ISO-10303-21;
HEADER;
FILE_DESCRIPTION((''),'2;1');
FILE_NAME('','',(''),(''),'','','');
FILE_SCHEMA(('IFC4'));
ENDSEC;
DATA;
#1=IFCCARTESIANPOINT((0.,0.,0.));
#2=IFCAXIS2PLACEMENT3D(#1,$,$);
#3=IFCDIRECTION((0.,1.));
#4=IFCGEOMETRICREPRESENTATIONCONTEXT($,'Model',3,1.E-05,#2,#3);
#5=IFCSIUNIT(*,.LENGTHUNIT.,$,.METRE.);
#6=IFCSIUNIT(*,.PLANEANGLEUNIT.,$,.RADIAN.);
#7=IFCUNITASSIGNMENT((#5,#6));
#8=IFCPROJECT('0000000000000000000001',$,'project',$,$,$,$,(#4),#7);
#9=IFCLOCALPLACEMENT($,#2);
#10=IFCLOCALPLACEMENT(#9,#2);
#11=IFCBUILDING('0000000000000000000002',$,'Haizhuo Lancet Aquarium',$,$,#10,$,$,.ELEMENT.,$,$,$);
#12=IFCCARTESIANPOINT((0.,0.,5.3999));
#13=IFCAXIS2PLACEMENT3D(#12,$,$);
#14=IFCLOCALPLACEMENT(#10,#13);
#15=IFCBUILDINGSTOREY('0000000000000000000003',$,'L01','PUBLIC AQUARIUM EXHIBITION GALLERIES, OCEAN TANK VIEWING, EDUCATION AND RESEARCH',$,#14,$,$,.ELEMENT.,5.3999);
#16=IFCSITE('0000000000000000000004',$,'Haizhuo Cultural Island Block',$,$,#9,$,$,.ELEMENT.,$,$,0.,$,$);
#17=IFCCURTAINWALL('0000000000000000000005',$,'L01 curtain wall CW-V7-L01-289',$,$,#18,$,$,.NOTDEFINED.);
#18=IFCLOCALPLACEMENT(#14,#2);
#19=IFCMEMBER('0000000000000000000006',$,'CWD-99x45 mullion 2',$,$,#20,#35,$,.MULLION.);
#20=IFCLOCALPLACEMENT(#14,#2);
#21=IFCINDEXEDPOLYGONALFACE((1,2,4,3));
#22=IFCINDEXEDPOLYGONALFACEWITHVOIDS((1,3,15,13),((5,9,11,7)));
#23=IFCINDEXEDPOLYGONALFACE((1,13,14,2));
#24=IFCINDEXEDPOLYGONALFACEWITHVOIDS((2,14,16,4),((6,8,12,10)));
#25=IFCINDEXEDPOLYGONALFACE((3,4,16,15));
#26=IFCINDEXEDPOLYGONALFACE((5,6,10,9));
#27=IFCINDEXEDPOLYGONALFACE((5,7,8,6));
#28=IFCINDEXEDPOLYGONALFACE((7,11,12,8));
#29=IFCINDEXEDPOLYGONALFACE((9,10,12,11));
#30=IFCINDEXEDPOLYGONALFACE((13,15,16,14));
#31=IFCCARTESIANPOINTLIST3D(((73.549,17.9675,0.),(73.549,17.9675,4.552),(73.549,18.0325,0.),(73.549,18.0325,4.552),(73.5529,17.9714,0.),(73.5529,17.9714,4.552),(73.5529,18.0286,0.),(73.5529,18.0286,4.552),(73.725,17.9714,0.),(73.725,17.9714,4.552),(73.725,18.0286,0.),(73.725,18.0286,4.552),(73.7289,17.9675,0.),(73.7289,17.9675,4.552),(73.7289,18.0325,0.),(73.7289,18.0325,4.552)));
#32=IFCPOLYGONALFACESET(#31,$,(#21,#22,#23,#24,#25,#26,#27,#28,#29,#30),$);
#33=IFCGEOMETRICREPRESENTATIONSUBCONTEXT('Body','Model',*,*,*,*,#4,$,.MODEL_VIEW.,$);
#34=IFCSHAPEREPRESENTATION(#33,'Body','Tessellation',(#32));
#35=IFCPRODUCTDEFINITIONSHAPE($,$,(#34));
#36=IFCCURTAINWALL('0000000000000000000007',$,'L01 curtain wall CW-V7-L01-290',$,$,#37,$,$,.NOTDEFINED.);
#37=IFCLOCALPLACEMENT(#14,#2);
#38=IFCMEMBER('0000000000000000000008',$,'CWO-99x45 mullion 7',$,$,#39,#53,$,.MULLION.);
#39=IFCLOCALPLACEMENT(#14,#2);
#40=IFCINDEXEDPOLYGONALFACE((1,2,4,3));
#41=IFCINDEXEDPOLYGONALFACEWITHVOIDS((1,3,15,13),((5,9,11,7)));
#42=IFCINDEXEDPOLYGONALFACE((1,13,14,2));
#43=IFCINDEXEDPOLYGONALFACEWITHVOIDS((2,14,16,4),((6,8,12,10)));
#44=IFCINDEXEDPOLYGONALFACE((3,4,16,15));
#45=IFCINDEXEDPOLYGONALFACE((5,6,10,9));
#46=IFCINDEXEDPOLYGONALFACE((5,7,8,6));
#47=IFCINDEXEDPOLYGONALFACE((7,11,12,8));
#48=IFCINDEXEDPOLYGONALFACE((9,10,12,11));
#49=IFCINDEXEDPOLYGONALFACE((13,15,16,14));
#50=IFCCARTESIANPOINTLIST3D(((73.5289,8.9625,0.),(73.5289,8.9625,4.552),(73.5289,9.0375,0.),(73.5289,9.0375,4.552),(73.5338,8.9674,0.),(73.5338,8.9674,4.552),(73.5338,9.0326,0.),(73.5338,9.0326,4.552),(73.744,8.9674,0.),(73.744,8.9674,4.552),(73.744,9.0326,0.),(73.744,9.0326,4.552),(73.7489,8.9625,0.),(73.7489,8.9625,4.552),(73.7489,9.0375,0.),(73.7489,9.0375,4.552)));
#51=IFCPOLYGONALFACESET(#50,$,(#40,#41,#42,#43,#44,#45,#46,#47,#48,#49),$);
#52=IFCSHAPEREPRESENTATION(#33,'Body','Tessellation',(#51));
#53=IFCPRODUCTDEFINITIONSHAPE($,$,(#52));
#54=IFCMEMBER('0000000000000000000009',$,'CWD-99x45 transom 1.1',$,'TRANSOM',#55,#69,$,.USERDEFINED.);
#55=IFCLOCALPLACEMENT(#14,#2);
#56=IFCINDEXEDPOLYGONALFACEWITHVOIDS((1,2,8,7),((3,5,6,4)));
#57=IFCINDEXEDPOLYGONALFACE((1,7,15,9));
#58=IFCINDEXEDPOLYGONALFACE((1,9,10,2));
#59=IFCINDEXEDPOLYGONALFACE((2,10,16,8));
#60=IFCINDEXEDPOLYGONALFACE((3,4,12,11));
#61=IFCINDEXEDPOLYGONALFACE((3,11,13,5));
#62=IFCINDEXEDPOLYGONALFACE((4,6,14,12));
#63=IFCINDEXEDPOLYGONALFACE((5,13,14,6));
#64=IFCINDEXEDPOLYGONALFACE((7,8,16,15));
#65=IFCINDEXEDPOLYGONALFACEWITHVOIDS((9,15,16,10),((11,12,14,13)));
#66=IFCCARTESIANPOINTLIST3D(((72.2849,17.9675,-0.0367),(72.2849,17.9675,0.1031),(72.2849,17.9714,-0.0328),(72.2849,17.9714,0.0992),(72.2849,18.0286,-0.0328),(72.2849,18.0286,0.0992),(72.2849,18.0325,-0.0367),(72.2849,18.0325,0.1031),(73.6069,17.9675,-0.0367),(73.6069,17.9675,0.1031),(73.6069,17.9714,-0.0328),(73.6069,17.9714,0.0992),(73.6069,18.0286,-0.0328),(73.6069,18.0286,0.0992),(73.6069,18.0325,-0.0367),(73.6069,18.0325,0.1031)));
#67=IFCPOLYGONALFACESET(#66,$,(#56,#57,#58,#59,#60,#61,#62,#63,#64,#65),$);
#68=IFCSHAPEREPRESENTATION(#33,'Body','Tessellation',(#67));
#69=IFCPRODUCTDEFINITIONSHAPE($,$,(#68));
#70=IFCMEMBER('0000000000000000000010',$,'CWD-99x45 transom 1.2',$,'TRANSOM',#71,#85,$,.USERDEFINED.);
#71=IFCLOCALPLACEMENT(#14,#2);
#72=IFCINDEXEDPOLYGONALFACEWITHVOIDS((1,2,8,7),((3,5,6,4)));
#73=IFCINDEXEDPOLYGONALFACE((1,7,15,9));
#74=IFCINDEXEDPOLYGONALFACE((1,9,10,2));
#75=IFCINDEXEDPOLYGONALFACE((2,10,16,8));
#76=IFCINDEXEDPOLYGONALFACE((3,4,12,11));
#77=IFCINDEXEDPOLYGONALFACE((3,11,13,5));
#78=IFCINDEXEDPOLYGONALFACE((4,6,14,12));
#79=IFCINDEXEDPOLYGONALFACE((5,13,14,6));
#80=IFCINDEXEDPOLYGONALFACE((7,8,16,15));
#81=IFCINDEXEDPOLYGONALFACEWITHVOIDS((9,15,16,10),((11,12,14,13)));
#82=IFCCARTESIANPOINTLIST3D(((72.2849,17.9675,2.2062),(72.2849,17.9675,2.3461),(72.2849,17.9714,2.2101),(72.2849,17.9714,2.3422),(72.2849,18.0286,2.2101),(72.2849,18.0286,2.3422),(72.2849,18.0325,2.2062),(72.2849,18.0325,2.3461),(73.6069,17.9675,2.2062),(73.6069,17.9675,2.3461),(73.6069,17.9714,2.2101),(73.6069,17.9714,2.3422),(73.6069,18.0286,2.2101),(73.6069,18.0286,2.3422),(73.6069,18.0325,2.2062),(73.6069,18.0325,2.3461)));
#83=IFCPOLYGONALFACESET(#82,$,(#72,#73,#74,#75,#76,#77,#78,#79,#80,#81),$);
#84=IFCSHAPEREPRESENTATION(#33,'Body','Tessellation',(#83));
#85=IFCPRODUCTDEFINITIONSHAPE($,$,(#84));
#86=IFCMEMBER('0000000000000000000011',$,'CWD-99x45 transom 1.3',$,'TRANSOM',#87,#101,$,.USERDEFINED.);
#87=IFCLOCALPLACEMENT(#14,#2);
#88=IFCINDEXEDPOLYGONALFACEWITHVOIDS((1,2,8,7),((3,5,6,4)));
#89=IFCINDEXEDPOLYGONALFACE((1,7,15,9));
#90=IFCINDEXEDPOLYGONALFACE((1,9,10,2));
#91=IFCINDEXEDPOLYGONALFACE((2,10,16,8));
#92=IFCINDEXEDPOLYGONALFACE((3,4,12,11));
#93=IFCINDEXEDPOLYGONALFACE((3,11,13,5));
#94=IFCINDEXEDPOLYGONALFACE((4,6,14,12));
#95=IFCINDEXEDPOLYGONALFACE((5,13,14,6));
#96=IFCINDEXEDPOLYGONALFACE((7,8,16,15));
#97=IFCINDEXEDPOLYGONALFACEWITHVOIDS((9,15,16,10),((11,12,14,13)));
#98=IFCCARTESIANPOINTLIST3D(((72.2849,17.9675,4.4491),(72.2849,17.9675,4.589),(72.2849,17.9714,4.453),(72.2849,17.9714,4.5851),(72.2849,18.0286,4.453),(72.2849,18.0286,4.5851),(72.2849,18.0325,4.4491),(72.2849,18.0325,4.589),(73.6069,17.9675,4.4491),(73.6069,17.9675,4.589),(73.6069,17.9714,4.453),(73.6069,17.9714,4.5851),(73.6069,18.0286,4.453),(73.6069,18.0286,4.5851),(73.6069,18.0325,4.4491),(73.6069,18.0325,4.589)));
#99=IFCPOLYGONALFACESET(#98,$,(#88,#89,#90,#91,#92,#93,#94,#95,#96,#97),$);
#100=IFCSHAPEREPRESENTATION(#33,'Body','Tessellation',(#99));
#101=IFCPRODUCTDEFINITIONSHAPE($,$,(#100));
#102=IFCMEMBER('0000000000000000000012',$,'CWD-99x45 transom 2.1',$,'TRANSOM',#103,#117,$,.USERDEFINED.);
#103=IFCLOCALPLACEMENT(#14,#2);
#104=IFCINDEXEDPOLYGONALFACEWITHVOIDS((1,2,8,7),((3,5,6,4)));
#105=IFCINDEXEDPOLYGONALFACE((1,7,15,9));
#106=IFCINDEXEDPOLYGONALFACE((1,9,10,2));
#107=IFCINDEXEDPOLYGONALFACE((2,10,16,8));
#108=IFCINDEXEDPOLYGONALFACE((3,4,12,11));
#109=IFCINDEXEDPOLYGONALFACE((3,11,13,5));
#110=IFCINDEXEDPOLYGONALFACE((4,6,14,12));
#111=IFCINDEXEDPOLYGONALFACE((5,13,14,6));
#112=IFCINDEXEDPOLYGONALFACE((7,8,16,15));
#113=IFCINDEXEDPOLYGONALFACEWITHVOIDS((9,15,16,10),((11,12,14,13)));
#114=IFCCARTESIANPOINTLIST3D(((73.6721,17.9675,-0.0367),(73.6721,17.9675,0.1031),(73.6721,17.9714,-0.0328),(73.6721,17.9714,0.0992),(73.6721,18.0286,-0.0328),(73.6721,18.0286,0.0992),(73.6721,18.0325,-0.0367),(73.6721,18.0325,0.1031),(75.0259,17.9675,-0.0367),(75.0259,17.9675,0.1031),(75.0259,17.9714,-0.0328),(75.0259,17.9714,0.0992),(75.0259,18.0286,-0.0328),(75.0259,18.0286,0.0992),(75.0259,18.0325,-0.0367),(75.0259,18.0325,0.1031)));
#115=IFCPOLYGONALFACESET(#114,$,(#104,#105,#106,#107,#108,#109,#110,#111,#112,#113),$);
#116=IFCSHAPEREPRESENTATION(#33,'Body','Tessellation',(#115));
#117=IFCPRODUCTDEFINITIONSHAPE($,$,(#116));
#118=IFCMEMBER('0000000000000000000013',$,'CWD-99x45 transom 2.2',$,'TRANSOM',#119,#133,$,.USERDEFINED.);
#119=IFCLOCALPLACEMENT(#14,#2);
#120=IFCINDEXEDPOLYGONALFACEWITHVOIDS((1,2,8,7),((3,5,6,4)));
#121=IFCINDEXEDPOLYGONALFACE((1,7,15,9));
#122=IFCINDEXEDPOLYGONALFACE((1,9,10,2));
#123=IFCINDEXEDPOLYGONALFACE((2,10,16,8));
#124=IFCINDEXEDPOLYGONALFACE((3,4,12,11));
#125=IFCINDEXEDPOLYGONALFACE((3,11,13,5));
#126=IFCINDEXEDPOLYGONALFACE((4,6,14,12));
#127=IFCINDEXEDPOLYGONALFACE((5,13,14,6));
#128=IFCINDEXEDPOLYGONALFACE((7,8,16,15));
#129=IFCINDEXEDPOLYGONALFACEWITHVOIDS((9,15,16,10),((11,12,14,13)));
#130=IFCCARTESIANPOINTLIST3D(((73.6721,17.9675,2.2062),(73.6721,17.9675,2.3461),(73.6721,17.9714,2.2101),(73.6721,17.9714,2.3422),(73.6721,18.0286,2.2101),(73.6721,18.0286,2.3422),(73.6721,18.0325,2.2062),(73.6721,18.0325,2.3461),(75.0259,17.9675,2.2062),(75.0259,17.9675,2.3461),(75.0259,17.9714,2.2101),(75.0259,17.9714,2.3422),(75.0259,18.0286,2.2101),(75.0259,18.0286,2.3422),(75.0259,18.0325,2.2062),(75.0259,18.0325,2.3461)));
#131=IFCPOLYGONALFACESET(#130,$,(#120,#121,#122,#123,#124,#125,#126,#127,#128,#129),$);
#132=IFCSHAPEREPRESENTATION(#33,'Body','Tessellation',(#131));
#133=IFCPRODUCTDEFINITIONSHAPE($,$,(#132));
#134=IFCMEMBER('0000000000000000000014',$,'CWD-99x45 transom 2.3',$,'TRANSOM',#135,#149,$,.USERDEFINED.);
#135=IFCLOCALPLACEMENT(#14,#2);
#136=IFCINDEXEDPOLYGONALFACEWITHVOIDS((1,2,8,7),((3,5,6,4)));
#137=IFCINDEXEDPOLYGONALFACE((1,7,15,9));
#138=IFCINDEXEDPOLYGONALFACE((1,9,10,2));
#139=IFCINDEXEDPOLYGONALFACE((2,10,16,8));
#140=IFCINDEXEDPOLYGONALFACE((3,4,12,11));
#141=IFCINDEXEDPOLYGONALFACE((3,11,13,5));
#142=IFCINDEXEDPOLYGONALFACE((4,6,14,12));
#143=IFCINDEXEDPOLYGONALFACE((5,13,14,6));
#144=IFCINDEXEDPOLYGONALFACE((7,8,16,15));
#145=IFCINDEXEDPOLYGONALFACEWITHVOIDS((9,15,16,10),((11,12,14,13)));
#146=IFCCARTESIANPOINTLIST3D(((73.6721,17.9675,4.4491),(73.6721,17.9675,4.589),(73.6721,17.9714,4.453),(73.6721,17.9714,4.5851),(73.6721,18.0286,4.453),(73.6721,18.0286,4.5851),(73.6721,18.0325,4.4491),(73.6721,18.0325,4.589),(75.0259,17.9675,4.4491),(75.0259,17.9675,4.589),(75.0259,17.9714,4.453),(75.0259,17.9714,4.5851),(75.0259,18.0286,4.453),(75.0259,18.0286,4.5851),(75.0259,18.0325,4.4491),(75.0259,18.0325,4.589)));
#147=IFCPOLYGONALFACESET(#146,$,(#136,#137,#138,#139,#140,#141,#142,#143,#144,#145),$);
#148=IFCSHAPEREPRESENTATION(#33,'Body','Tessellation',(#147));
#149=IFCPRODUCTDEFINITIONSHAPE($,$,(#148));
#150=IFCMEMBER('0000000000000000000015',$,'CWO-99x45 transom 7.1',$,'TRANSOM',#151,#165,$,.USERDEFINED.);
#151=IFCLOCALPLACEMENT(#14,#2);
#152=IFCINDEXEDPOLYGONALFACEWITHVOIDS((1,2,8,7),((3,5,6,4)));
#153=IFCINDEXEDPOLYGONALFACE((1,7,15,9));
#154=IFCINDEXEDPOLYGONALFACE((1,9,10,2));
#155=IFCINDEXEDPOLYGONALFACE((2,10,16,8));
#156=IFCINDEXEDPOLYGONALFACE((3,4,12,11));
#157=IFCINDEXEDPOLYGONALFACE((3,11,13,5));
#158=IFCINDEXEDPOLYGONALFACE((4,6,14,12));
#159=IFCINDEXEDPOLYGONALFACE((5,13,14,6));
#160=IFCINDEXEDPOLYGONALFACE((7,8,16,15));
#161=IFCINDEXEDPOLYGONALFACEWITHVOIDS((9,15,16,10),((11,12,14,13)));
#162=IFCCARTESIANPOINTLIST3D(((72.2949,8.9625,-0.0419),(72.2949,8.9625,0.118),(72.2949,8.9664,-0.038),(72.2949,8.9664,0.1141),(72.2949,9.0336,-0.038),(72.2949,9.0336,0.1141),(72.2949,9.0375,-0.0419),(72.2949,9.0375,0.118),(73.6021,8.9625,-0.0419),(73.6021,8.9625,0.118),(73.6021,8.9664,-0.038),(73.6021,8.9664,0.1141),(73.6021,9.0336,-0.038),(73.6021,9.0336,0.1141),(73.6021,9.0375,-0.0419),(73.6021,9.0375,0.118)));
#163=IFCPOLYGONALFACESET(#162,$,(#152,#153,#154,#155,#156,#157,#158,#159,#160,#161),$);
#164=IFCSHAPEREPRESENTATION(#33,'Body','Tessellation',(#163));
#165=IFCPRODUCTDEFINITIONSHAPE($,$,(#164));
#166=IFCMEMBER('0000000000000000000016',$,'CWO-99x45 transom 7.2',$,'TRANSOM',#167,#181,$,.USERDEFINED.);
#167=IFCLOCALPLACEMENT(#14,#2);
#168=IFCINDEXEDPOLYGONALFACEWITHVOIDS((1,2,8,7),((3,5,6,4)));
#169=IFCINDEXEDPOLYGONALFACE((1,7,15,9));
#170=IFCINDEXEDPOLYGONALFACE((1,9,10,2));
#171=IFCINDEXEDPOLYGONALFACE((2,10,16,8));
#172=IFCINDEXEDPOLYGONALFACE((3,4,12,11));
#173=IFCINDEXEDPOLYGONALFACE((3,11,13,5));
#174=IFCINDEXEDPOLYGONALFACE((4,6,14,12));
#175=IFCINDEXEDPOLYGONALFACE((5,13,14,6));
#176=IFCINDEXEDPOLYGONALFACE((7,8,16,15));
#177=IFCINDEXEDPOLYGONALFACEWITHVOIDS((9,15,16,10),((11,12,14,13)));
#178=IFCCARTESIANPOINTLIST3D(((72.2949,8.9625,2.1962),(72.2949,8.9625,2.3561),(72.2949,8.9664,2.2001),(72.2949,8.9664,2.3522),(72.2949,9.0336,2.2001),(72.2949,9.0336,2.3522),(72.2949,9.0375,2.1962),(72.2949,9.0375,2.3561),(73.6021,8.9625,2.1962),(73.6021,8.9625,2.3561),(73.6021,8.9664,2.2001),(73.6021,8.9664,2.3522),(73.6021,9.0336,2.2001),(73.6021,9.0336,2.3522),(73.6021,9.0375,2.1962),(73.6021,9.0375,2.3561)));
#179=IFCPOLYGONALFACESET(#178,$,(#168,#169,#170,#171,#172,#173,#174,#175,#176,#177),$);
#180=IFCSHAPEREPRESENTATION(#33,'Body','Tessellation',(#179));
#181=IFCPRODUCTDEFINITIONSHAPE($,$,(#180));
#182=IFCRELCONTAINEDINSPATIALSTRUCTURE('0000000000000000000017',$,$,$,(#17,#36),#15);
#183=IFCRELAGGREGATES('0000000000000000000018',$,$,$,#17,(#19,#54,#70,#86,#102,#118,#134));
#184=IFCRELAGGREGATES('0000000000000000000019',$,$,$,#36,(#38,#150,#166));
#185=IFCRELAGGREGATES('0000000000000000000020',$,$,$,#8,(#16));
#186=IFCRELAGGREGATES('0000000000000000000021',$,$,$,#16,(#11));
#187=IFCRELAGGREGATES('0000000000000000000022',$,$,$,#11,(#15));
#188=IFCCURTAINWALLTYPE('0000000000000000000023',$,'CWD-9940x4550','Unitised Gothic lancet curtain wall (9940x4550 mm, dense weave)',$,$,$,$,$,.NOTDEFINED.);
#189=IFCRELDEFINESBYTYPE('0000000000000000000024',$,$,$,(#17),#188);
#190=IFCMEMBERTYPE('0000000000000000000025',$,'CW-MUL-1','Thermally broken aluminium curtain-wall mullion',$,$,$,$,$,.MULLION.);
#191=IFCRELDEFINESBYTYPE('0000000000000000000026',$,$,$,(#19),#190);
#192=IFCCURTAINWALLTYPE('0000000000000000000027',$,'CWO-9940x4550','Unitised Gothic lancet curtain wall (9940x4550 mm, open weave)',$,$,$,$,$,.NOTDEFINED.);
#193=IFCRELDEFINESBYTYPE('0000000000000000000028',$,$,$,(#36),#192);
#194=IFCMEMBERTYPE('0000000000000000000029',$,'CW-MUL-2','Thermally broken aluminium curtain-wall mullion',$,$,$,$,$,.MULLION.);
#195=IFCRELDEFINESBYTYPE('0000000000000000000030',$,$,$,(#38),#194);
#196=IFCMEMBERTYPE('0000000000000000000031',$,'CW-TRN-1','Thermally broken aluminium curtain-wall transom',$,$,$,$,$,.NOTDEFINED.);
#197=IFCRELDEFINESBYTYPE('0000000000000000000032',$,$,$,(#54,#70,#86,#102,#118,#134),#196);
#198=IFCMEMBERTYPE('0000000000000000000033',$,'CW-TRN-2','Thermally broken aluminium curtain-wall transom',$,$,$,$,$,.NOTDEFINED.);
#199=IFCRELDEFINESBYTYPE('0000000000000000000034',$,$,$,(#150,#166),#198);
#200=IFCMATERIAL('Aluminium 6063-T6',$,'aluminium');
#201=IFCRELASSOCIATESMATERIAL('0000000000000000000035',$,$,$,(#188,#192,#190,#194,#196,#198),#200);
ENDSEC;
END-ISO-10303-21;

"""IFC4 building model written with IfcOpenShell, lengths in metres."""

from ifc_helpers import new_model, si_unit, direction, frame, origin, origin_2d, place, context, subcontext, project, spatial, hollow_rectangle, extrude, material, material_profile, profile_set, type_object, element, aggregate, save


model = new_model("IFC4")

# Units and contexts
model_context = context("Model", 3, precision=1e-05, world=origin(), true_north=direction((0.0, 1.0)))
body_context = subcontext(model_context, "Body", "Model", "MODEL_VIEW")
ifc_project = project(units=[si_unit("LENGTHUNIT", "METRE"), si_unit("PLANEANGLEUNIT", "RADIAN")], contexts=[model_context])

# Site, building, storey
site_placement = place(None, origin())
site = spatial("IfcSite", under=ifc_project, at=site_placement, Name="Haizhuo Cultural Island Block", CompositionType="ELEMENT", RefElevation=0.0)
building_placement = place(site_placement, origin())
building = spatial("IfcBuilding", under=site, at=building_placement, Name="Haizhuo Lancet Aquarium", CompositionType="ELEMENT")
storey_placement = place(building_placement, frame((0.0, 0.0, 5.3999)))
storey = spatial("IfcBuildingStorey", under=building, at=storey_placement, Name="L01", Description="PUBLIC AQUARIUM EXHIBITION GALLERIES, OCEAN TANK VIEWING, EDUCATION AND RESEARCH", CompositionType="ELEMENT", Elevation=5.3999)

# Curtain walls, members
ifc_material_1 = material(Name="Aluminium 6063-T6", Category="aluminium")
curtain_wall_type_1 = type_object("IfcCurtainWallType", Name="CWD-9940x4550", Description="Unitised Gothic lancet curtain wall (9940x4550 mm, dense weave)", PredefinedType="NOTDEFINED", material=ifc_material_1)
curtain_wall_1_placement = place(storey_placement, origin())
curtain_wall_1 = element("IfcCurtainWall", 1, at=curtain_wall_1_placement, inside=storey, type_object=curtain_wall_type_1, Name="L01 curtain wall CW-V7-L01-289", PredefinedType="NOTDEFINED")
ifc_material_profile_1 = material_profile(ifc_material_1, hollow_rectangle(XDim=0.0649, YDim=0.1799, WallThickness=0.0039, at=origin_2d()), Name="ALU-M 65x180x4")
ifc_profile_set_1 = profile_set([ifc_material_profile_1], Name="Aluminium 6063-T6")
member_type_1 = type_object("IfcMemberType", Name="CW-MUL-1", Description="Thermally broken aluminium curtain-wall mullion", PredefinedType="MULLION", material=ifc_profile_set_1)
member_1_placement = place(storey_placement, frame((73.6389, 18.0, 0.0), z_axis=(0.0, 0.0, 1.0), x_axis=(0.0, 1.0, 0.0)))
member_1 = element("IfcMember", 2, at=member_1_placement, type_object=member_type_1, Name="CWD-99x45 mullion 2", PredefinedType="MULLION", context=body_context, shape_type="SweptSolid", body=[
    extrude(hollow_rectangle(XDim=0.0649, YDim=0.1799, WallThickness=0.0039, at=origin_2d()), origin(), (0.0, 0.0, 1.0), 4.552),
])
curtain_wall_type_2 = type_object("IfcCurtainWallType", Name="CWO-9940x4550", Description="Unitised Gothic lancet curtain wall (9940x4550 mm, open weave)", PredefinedType="NOTDEFINED", material=ifc_material_1)
curtain_wall_2_placement = place(storey_placement, origin())
curtain_wall_2 = element("IfcCurtainWall", 3, at=curtain_wall_2_placement, inside=storey, type_object=curtain_wall_type_2, Name="L01 curtain wall CW-V7-L01-290", PredefinedType="NOTDEFINED")
ifc_material_profile_2 = material_profile(ifc_material_1, hollow_rectangle(XDim=0.075, YDim=0.22, WallThickness=0.0049, at=origin_2d()), Name="ALU-M 75x220x5")
ifc_profile_set_2 = profile_set([ifc_material_profile_2], Name="Aluminium 6063-T6")
member_type_2 = type_object("IfcMemberType", Name="CW-MUL-2", Description="Thermally broken aluminium curtain-wall mullion", PredefinedType="MULLION", material=ifc_profile_set_2)
member_2_placement = place(storey_placement, frame((73.6389, 9.0, 0.0), z_axis=(0.0, 0.0, 1.0), x_axis=(0.0, -1.0, 0.0)))
member_2 = element("IfcMember", 4, at=member_2_placement, type_object=member_type_2, Name="CWO-99x45 mullion 7", PredefinedType="MULLION", context=body_context, shape_type="SweptSolid", body=[
    extrude(hollow_rectangle(XDim=0.075, YDim=0.22, WallThickness=0.0049, at=origin_2d()), origin(), (0.0, 0.0, 1.0), 4.552),
])

# Members
ifc_material_profile_3 = material_profile(ifc_material_1, hollow_rectangle(XDim=0.0649, YDim=0.1399, WallThickness=0.0039, at=origin_2d()), Name="ALU-T 65x140x4")
ifc_profile_set_3 = profile_set([ifc_material_profile_3], Name="Aluminium 6063-T6")
member_type_3 = type_object("IfcMemberType", Name="CW-TRN-1", Description="Thermally broken aluminium curtain-wall transom", PredefinedType="NOTDEFINED", material=ifc_profile_set_3)
member_3_placement = place(storey_placement, frame((72.2849, 18.0, 0.0332), z_axis=(1.0, 0.0, 0.0), x_axis=(0.0, 1.0, 0.0)))
member_3 = element("IfcMember", 5, at=member_3_placement, type_object=member_type_3, Name="CWD-99x45 transom 1.1", ObjectType="TRANSOM", PredefinedType="USERDEFINED", context=body_context, shape_type="SweptSolid", body=[
    extrude(hollow_rectangle(XDim=0.0649, YDim=0.1399, WallThickness=0.0039, at=origin_2d()), origin(), (0.0, 0.0, 1.0), 1.322),
])
member_4_placement = place(storey_placement, frame((72.2849, 18.0, 2.2761), z_axis=(1.0, 0.0, 0.0), x_axis=(0.0, 1.0, 0.0)))
member_4 = element("IfcMember", 6, at=member_4_placement, type_object=member_type_3, Name="CWD-99x45 transom 1.2", ObjectType="TRANSOM", PredefinedType="USERDEFINED", context=body_context, shape_type="SweptSolid", body=[
    extrude(hollow_rectangle(XDim=0.0649, YDim=0.1399, WallThickness=0.0039, at=origin_2d()), origin(), (0.0, 0.0, 1.0), 1.322),
])
member_5_placement = place(storey_placement, frame((72.2849, 18.0, 4.519), z_axis=(1.0, 0.0, 0.0), x_axis=(0.0, 1.0, 0.0)))
member_5 = element("IfcMember", 7, at=member_5_placement, type_object=member_type_3, Name="CWD-99x45 transom 1.3", ObjectType="TRANSOM", PredefinedType="USERDEFINED", context=body_context, shape_type="SweptSolid", body=[
    extrude(hollow_rectangle(XDim=0.0649, YDim=0.1399, WallThickness=0.0039, at=origin_2d()), origin(), (0.0, 0.0, 1.0), 1.322),
])
member_6_placement = place(storey_placement, frame((73.6721, 18.0, 0.0332), z_axis=(1.0, 0.0, 0.0), x_axis=(0.0, 1.0, 0.0)))
member_6 = element("IfcMember", 8, at=member_6_placement, type_object=member_type_3, Name="CWD-99x45 transom 2.1", ObjectType="TRANSOM", PredefinedType="USERDEFINED", context=body_context, shape_type="SweptSolid", body=[
    extrude(hollow_rectangle(XDim=0.0649, YDim=0.1399, WallThickness=0.0039, at=origin_2d()), origin(), (0.0, 0.0, 1.0), 1.3538),
])
member_7_placement = place(storey_placement, frame((73.6721, 18.0, 2.2761), z_axis=(1.0, 0.0, 0.0), x_axis=(0.0, 1.0, 0.0)))
member_7 = element("IfcMember", 9, at=member_7_placement, type_object=member_type_3, Name="CWD-99x45 transom 2.2", ObjectType="TRANSOM", PredefinedType="USERDEFINED", context=body_context, shape_type="SweptSolid", body=[
    extrude(hollow_rectangle(XDim=0.0649, YDim=0.1399, WallThickness=0.0039, at=origin_2d()), origin(), (0.0, 0.0, 1.0), 1.3538),
])
member_8_placement = place(storey_placement, frame((73.6721, 18.0, 4.519), z_axis=(1.0, 0.0, 0.0), x_axis=(0.0, 1.0, 0.0)))
member_8 = element("IfcMember", 10, at=member_8_placement, type_object=member_type_3, Name="CWD-99x45 transom 2.3", ObjectType="TRANSOM", PredefinedType="USERDEFINED", context=body_context, shape_type="SweptSolid", body=[
    extrude(hollow_rectangle(XDim=0.0649, YDim=0.1399, WallThickness=0.0039, at=origin_2d()), origin(), (0.0, 0.0, 1.0), 1.3538),
])
ifc_material_profile_4 = material_profile(ifc_material_1, hollow_rectangle(XDim=0.075, YDim=0.1599, WallThickness=0.0039, at=origin_2d()), Name="ALU-T 75x160x4")
ifc_profile_set_4 = profile_set([ifc_material_profile_4], Name="Aluminium 6063-T6")
member_type_4 = type_object("IfcMemberType", Name="CW-TRN-2", Description="Thermally broken aluminium curtain-wall transom", PredefinedType="NOTDEFINED", material=ifc_profile_set_4)
member_9_placement = place(storey_placement, frame((73.6021, 9.0, 0.0381), z_axis=(-1.0, 0.0, 0.0), x_axis=(0.0, -1.0, 0.0)))
member_9 = element("IfcMember", 11, at=member_9_placement, type_object=member_type_4, Name="CWO-99x45 transom 7.1", ObjectType="TRANSOM", PredefinedType="USERDEFINED", context=body_context, shape_type="SweptSolid", body=[
    extrude(hollow_rectangle(XDim=0.075, YDim=0.1599, WallThickness=0.0039, at=origin_2d()), origin(), (0.0, 0.0, 1.0), 1.3071),
])
member_10_placement = place(storey_placement, frame((73.6021, 9.0, 2.2761), z_axis=(-1.0, 0.0, 0.0), x_axis=(0.0, -1.0, 0.0)))
member_10 = element("IfcMember", 12, at=member_10_placement, type_object=member_type_4, Name="CWO-99x45 transom 7.2", ObjectType="TRANSOM", PredefinedType="USERDEFINED", context=body_context, shape_type="SweptSolid", body=[
    extrude(hollow_rectangle(XDim=0.075, YDim=0.1599, WallThickness=0.0039, at=origin_2d()), origin(), (0.0, 0.0, 1.0), 1.3071),
])

aggregate(curtain_wall_1, [member_1, member_3, member_4, member_5, member_6, member_7, member_8])
aggregate(curtain_wall_2, [member_2, member_9, member_10])

save(model, "model.ifc")
